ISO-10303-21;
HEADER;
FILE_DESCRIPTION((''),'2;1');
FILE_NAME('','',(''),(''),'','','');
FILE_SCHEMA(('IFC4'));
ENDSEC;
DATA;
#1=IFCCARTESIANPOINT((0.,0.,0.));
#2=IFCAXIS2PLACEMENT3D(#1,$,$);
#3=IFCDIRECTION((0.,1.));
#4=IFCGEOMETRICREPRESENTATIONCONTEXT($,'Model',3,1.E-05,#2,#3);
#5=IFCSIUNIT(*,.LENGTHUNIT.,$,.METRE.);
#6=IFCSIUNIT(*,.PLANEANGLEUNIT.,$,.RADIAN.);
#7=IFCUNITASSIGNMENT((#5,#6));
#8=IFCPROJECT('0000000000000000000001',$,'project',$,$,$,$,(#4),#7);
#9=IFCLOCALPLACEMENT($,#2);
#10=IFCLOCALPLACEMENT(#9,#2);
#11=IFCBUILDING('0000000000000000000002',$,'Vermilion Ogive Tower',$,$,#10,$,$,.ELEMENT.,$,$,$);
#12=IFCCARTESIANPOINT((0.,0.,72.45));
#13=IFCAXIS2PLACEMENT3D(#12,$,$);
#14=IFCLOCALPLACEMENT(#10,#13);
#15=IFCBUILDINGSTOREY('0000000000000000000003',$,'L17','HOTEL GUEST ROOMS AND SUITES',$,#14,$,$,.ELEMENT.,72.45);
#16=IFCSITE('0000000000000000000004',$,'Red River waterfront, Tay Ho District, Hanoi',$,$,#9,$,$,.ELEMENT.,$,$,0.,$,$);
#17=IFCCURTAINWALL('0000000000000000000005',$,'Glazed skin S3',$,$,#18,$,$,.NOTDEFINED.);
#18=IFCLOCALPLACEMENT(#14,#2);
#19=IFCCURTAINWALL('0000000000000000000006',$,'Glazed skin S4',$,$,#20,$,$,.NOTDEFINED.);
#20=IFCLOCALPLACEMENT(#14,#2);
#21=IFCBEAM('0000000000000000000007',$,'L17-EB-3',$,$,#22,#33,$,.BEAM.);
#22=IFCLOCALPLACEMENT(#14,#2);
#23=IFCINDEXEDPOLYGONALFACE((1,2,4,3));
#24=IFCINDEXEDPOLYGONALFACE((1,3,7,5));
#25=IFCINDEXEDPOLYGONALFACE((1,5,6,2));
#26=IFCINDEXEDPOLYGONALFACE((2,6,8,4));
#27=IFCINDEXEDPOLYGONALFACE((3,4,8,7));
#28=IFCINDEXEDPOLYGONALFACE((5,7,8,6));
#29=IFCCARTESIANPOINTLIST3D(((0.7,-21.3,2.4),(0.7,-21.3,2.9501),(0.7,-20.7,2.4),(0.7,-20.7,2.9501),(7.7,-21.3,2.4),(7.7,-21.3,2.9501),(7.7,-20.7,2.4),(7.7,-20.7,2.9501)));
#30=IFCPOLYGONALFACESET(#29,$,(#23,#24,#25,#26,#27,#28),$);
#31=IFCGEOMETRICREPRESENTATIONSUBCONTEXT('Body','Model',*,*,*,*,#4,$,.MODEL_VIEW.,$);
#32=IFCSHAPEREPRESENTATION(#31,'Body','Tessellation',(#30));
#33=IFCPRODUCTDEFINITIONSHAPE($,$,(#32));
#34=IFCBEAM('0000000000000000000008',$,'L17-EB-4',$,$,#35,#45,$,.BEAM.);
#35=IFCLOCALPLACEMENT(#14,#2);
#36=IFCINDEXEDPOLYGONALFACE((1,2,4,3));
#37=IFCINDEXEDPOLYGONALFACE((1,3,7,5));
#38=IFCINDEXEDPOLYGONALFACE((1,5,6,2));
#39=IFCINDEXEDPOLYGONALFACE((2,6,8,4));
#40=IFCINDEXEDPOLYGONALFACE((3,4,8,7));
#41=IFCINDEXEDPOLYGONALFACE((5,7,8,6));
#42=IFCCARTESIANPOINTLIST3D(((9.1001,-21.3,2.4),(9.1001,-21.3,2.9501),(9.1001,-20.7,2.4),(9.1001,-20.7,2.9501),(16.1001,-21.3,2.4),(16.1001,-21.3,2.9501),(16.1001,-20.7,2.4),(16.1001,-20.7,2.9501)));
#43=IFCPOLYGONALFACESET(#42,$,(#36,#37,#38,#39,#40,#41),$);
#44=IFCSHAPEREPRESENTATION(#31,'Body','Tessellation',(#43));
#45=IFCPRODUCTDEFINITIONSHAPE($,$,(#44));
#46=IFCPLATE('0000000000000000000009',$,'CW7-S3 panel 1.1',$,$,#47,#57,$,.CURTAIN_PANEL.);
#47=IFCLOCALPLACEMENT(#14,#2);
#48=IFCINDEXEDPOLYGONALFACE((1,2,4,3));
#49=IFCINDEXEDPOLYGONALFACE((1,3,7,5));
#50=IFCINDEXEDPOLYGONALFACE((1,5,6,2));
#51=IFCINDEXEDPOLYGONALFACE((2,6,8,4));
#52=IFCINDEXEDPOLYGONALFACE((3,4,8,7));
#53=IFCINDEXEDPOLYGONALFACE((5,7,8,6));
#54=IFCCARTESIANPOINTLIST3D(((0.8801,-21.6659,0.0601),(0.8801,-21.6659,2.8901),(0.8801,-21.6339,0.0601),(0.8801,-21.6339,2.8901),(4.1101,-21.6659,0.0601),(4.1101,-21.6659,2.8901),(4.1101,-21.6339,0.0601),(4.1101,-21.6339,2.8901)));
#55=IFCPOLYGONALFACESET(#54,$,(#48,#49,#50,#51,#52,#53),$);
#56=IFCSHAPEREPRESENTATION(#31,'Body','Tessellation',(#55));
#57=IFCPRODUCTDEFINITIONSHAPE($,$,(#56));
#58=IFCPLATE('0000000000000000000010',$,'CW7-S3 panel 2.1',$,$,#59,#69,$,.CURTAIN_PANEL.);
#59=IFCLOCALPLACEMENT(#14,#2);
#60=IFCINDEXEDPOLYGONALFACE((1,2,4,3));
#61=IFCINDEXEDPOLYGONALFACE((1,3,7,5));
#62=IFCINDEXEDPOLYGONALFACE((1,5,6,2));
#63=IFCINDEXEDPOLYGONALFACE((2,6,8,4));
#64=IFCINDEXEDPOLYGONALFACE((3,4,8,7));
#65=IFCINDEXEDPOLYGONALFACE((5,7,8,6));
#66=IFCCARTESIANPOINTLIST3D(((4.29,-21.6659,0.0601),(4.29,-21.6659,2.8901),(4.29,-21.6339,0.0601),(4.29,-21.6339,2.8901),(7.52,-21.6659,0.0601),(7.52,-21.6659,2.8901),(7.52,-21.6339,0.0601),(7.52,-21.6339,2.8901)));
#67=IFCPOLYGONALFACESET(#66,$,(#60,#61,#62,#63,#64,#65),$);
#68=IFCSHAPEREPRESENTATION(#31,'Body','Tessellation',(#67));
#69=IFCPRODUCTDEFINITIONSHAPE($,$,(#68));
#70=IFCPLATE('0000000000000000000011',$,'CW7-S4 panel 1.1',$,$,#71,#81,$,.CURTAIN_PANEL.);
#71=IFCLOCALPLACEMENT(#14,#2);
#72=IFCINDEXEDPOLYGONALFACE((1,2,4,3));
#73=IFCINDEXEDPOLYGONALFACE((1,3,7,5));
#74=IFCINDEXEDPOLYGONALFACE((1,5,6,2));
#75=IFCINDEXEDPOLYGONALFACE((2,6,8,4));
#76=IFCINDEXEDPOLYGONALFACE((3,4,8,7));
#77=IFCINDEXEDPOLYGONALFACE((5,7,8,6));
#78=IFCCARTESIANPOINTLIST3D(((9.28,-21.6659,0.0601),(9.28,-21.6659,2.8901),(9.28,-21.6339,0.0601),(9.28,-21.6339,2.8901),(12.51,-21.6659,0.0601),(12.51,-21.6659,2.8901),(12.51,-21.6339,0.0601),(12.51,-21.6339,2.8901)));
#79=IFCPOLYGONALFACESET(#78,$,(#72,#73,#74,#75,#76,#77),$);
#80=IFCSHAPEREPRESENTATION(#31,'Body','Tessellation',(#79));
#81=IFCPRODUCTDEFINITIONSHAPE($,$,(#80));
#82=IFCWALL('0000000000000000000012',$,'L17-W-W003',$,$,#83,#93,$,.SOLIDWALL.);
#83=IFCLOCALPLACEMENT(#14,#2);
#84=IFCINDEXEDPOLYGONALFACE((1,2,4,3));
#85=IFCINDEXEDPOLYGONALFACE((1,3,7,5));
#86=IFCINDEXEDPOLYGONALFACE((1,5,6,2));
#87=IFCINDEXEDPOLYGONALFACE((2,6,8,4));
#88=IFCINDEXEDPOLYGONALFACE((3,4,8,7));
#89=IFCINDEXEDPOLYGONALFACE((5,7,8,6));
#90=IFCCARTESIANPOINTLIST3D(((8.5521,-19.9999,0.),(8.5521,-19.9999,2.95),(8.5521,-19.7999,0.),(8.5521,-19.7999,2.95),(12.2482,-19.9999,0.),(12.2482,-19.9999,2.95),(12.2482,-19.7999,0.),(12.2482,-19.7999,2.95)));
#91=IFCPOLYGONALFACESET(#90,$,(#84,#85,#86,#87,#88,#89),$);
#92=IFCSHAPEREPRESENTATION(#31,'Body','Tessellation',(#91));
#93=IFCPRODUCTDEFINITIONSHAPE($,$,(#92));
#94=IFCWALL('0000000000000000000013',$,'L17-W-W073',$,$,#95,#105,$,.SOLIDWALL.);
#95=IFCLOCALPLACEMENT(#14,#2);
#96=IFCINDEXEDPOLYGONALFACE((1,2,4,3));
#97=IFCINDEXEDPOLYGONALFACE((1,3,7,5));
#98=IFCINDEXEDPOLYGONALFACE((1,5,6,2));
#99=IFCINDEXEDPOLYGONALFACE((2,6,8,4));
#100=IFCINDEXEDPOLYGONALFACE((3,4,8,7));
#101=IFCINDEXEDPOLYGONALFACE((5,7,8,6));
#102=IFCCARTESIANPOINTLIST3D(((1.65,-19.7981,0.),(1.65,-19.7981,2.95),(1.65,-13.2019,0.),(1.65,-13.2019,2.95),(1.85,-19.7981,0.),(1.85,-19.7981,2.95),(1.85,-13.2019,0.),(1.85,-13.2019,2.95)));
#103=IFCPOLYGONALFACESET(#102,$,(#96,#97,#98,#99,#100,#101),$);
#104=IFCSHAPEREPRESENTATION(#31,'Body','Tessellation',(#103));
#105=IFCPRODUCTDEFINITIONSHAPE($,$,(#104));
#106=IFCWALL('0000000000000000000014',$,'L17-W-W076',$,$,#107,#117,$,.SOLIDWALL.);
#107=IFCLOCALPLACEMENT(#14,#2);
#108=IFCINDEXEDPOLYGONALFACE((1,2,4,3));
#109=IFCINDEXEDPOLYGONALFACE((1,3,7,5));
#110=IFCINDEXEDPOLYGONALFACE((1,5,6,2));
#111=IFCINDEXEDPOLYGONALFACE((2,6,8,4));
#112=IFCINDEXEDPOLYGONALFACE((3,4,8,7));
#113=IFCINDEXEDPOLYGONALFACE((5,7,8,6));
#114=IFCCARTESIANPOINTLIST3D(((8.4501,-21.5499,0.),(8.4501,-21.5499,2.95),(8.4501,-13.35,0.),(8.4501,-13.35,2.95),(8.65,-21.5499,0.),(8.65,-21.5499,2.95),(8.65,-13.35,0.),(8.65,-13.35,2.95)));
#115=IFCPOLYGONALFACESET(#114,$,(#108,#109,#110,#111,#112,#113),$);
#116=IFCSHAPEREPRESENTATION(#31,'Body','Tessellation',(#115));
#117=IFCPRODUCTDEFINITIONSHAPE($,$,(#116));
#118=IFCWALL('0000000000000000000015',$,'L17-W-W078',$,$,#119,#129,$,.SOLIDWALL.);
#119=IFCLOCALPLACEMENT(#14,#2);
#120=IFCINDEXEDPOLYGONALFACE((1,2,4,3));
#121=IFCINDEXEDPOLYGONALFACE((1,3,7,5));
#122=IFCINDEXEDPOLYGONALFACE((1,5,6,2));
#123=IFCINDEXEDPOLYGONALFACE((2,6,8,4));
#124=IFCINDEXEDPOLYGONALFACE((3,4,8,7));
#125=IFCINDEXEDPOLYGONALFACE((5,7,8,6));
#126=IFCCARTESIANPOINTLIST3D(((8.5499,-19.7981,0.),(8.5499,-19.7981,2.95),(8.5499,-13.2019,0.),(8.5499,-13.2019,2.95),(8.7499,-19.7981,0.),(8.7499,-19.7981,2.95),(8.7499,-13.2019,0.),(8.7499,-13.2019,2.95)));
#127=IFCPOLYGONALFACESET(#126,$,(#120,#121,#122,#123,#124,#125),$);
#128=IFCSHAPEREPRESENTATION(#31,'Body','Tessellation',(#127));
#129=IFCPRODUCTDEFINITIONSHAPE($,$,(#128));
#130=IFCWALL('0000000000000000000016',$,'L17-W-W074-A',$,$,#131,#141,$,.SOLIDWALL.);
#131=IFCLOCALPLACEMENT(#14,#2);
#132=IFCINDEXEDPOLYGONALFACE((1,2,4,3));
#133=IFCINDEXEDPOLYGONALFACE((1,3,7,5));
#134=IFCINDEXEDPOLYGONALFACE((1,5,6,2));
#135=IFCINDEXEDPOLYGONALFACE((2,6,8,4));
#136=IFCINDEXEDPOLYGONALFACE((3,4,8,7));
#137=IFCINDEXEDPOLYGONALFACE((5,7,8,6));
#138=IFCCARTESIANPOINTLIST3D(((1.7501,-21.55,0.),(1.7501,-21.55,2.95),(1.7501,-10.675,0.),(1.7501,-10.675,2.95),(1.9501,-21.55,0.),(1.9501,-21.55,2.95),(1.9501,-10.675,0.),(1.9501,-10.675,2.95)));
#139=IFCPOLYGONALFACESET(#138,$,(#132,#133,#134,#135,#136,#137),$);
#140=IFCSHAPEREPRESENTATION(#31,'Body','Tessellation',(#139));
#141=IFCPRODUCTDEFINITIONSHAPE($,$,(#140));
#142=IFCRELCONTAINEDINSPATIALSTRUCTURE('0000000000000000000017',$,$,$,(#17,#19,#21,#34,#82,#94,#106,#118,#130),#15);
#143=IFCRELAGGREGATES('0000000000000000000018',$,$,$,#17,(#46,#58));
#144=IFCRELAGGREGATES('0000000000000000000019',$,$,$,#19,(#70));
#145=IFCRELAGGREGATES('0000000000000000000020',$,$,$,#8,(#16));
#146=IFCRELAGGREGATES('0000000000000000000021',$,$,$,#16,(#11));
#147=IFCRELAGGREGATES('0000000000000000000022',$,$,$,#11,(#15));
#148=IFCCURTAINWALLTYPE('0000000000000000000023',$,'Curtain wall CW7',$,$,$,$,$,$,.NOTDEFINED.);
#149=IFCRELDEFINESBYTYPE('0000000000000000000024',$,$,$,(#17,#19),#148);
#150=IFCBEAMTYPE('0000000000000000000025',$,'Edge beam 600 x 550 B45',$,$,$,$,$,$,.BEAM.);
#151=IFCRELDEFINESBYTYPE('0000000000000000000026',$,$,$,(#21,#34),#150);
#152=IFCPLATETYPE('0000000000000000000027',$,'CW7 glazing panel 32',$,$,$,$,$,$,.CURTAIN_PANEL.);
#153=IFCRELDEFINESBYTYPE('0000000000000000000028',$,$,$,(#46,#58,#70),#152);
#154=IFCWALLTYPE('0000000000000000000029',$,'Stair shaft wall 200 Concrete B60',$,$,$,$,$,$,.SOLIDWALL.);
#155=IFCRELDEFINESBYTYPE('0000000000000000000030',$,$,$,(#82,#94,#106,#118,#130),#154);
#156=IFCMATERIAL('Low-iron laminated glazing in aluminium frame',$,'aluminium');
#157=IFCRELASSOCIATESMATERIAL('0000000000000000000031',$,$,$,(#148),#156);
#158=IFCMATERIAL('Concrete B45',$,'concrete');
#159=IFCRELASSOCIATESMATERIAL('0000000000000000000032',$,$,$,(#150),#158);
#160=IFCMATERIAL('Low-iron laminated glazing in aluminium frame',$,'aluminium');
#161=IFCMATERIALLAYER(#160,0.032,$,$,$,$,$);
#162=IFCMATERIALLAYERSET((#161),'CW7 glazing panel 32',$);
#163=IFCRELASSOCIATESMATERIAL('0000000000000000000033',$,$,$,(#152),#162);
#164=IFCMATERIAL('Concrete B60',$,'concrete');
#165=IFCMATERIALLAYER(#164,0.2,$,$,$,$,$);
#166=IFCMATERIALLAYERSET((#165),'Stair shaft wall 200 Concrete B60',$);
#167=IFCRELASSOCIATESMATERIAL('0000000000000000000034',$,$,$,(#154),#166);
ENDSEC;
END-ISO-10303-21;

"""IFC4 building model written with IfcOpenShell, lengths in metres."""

from ifc_helpers import new_model, si_unit, direction, frame, frame_2d, origin, origin_2d, place, context, subcontext, project, spatial, rectangle, extrude, material, layer, layer_set, material_profile, profile_set, type_object, element, aggregate, save


model = new_model("IFC4")

# Units and contexts
model_context = context("Model", 3, precision=1e-05, world=origin(), true_north=direction((0.0, 1.0)))
body_context = subcontext(model_context, "Body", "Model", "MODEL_VIEW")
ifc_project = project(units=[si_unit("LENGTHUNIT", "METRE"), si_unit("PLANEANGLEUNIT", "RADIAN")], contexts=[model_context])

# Site, building, storey
site_placement = place(None, origin())
site = spatial("IfcSite", under=ifc_project, at=site_placement, Name="Red River waterfront, Tay Ho District, Hanoi", CompositionType="ELEMENT", RefElevation=0.0)
building_placement = place(site_placement, origin())
building = spatial("IfcBuilding", under=site, at=building_placement, Name="Vermilion Ogive Tower", CompositionType="ELEMENT")
storey_placement = place(building_placement, frame((0.0, 0.0, 72.45)))
storey = spatial("IfcBuildingStorey", under=building, at=storey_placement, Name="L17", Description="HOTEL GUEST ROOMS AND SUITES", CompositionType="ELEMENT", Elevation=72.45)

# Curtain walls
ifc_material_1 = material(Name="Low-iron laminated glazing in aluminium frame", Category="aluminium")
curtain_wall_type = type_object("IfcCurtainWallType", Name="Curtain wall CW7", PredefinedType="NOTDEFINED", material=ifc_material_1)
curtain_wall_1_placement = place(storey_placement, origin())
curtain_wall_1 = element("IfcCurtainWall", 1, at=curtain_wall_1_placement, inside=storey, type_object=curtain_wall_type, Name="Glazed skin S3", PredefinedType="NOTDEFINED")
curtain_wall_2_placement = place(storey_placement, origin())
curtain_wall_2 = element("IfcCurtainWall", 2, at=curtain_wall_2_placement, inside=storey, type_object=curtain_wall_type, Name="Glazed skin S4", PredefinedType="NOTDEFINED")

# Beams
ifc_material_2 = material(Name="Concrete B45", Category="concrete")
ifc_material_profile_1 = material_profile(ifc_material_2, rectangle(XDim=0.6001, YDim=0.55, at=origin_2d()), Name="600 x 550")
ifc_profile_set_1 = profile_set([ifc_material_profile_1], Name="Concrete B45")
beam_type = type_object("IfcBeamType", Name="Edge beam 600 x 550 B45", PredefinedType="BEAM", material=ifc_profile_set_1)
for number, where, z_axis, x_axis, name in (
    (3, (0.7, -21.0, 2.675), (1.0, 0.0, 0.0), (0.0, 1.0, 0.0), "L17-EB-3"),
    (4, (9.1001, -21.0, 2.675), (1.0, 0.0, 0.0), (0.0, 1.0, 0.0), "L17-EB-4"),
):
    element("IfcBeam", number, at=place(storey_placement, frame(where, z_axis=z_axis, x_axis=x_axis)), inside=storey, type_object=beam_type, Name=name, PredefinedType="BEAM", context=body_context, shape_type="SweptSolid", body=[
        extrude(rectangle(XDim=0.6001, YDim=0.55, at=origin_2d()), origin(), (0.0, 0.0, 1.0), 7.0),
    ])

# Plates
ifc_material_3 = material(Name="Low-iron laminated glazing in aluminium frame", Category="aluminium")
ifc_layer_1 = layer(ifc_material_3, 0.032)
ifc_layer_set_1 = layer_set([ifc_layer_1], Name="CW7 glazing panel 32")
plate_type = type_object("IfcPlateType", Name="CW7 glazing panel 32", PredefinedType="CURTAIN_PANEL", material=ifc_layer_set_1)
plate_1_placement = place(storey_placement, frame((2.4951, -21.6499, 0.0601), z_axis=(0.0, 0.0, 1.0), x_axis=(1.0, 0.0, 0.0)))
plate_1 = element("IfcPlate", 5, at=plate_1_placement, type_object=plate_type, Name="CW7-S3 panel 1.1", PredefinedType="CURTAIN_PANEL", context=body_context, shape_type="SweptSolid", body=[
    extrude(rectangle(XDim=3.23, YDim=0.032, at=origin_2d()), origin(), (0.0, 0.0, 1.0), 2.8301),
])
plate_2_placement = place(storey_placement, frame((5.905, -21.6499, 0.0601), z_axis=(0.0, 0.0, 1.0), x_axis=(1.0, 0.0, 0.0)))
plate_2 = element("IfcPlate", 6, at=plate_2_placement, type_object=plate_type, Name="CW7-S3 panel 2.1", PredefinedType="CURTAIN_PANEL", context=body_context, shape_type="SweptSolid", body=[
    extrude(rectangle(XDim=3.23, YDim=0.032, at=origin_2d()), origin(), (0.0, 0.0, 1.0), 2.8301),
])
aggregate(curtain_wall_1, [plate_1, plate_2])
plate_3_placement = place(storey_placement, frame((10.895, -21.6499, 0.0601), z_axis=(0.0, 0.0, 1.0), x_axis=(1.0, 0.0, 0.0)))
plate_3 = element("IfcPlate", 7, at=plate_3_placement, type_object=plate_type, Name="CW7-S4 panel 1.1", PredefinedType="CURTAIN_PANEL", context=body_context, shape_type="SweptSolid", body=[
    extrude(rectangle(XDim=3.23, YDim=0.032, at=origin_2d()), origin(), (0.0, 0.0, 1.0), 2.8301),
])
aggregate(curtain_wall_2, [plate_3])

# Walls
ifc_material_4 = material(Name="Concrete B60", Category="concrete")
ifc_layer_2 = layer(ifc_material_4, 0.2)
ifc_layer_set_2 = layer_set([ifc_layer_2], Name="Stair shaft wall 200 Concrete B60")
wall_type = type_object("IfcWallType", Name="Stair shaft wall 200 Concrete B60", PredefinedType="SOLIDWALL", material=ifc_layer_set_2)
wall_1_placement = place(storey_placement, frame((8.552, -19.8999, 0.0), z_axis=(0.0, 0.0, 1.0), x_axis=(1.0, 0.0, 0.0)))
element("IfcWall", 8, at=wall_1_placement, inside=storey, type_object=wall_type, Name="L17-W-W003", PredefinedType="SOLIDWALL", context=body_context, shape_type="SweptSolid", body=[
    extrude(rectangle(XDim=3.696, YDim=0.2, at=frame_2d((1.8481, 0.0))), origin(), (0.0, 0.0, 1.0), 2.95),
])
wall_2_placement = place(storey_placement, frame((1.75, -19.7981, 0.0), z_axis=(0.0, 0.0, 1.0), x_axis=(0.0, 1.0, 0.0)))
element("IfcWall", 9, at=wall_2_placement, inside=storey, type_object=wall_type, Name="L17-W-W073", PredefinedType="SOLIDWALL", context=body_context, shape_type="SweptSolid", body=[
    extrude(rectangle(XDim=6.5962, YDim=0.2, at=frame_2d((3.2981, 0.0))), origin(), (0.0, 0.0, 1.0), 2.95),
])
wall_3_placement = place(storey_placement, frame((8.55, -21.55, 0.0), z_axis=(0.0, 0.0, 1.0), x_axis=(0.0, 1.0, 0.0)))
element("IfcWall", 10, at=wall_3_placement, inside=storey, type_object=wall_type, Name="L17-W-W076", PredefinedType="SOLIDWALL", context=body_context, shape_type="SweptSolid", body=[
    extrude(rectangle(XDim=8.2, YDim=0.2, at=frame_2d((4.1001, 0.0))), origin(), (0.0, 0.0, 1.0), 2.95),
])
wall_4_placement = place(storey_placement, frame((8.6499, -19.7981, 0.0), z_axis=(0.0, 0.0, 1.0), x_axis=(0.0, 1.0, 0.0)))
element("IfcWall", 11, at=wall_4_placement, inside=storey, type_object=wall_type, Name="L17-W-W078", PredefinedType="SOLIDWALL", context=body_context, shape_type="SweptSolid", body=[
    extrude(rectangle(XDim=6.5962, YDim=0.2, at=frame_2d((3.2981, 0.0))), origin(), (0.0, 0.0, 1.0), 2.95),
])
wall_5_placement = place(storey_placement, frame((1.8501, -21.55, 0.0), z_axis=(0.0, 0.0, 1.0), x_axis=(0.0, 1.0, 0.0)))
element("IfcWall", 12, at=wall_5_placement, inside=storey, type_object=wall_type, Name="L17-W-W074-A", PredefinedType="SOLIDWALL", context=body_context, shape_type="SweptSolid", body=[
    extrude(rectangle(XDim=10.875, YDim=0.2, at=frame_2d((5.4375, 0.0))), origin(), (0.0, 0.0, 1.0), 2.95),
])

save(model, "model.ifc")
